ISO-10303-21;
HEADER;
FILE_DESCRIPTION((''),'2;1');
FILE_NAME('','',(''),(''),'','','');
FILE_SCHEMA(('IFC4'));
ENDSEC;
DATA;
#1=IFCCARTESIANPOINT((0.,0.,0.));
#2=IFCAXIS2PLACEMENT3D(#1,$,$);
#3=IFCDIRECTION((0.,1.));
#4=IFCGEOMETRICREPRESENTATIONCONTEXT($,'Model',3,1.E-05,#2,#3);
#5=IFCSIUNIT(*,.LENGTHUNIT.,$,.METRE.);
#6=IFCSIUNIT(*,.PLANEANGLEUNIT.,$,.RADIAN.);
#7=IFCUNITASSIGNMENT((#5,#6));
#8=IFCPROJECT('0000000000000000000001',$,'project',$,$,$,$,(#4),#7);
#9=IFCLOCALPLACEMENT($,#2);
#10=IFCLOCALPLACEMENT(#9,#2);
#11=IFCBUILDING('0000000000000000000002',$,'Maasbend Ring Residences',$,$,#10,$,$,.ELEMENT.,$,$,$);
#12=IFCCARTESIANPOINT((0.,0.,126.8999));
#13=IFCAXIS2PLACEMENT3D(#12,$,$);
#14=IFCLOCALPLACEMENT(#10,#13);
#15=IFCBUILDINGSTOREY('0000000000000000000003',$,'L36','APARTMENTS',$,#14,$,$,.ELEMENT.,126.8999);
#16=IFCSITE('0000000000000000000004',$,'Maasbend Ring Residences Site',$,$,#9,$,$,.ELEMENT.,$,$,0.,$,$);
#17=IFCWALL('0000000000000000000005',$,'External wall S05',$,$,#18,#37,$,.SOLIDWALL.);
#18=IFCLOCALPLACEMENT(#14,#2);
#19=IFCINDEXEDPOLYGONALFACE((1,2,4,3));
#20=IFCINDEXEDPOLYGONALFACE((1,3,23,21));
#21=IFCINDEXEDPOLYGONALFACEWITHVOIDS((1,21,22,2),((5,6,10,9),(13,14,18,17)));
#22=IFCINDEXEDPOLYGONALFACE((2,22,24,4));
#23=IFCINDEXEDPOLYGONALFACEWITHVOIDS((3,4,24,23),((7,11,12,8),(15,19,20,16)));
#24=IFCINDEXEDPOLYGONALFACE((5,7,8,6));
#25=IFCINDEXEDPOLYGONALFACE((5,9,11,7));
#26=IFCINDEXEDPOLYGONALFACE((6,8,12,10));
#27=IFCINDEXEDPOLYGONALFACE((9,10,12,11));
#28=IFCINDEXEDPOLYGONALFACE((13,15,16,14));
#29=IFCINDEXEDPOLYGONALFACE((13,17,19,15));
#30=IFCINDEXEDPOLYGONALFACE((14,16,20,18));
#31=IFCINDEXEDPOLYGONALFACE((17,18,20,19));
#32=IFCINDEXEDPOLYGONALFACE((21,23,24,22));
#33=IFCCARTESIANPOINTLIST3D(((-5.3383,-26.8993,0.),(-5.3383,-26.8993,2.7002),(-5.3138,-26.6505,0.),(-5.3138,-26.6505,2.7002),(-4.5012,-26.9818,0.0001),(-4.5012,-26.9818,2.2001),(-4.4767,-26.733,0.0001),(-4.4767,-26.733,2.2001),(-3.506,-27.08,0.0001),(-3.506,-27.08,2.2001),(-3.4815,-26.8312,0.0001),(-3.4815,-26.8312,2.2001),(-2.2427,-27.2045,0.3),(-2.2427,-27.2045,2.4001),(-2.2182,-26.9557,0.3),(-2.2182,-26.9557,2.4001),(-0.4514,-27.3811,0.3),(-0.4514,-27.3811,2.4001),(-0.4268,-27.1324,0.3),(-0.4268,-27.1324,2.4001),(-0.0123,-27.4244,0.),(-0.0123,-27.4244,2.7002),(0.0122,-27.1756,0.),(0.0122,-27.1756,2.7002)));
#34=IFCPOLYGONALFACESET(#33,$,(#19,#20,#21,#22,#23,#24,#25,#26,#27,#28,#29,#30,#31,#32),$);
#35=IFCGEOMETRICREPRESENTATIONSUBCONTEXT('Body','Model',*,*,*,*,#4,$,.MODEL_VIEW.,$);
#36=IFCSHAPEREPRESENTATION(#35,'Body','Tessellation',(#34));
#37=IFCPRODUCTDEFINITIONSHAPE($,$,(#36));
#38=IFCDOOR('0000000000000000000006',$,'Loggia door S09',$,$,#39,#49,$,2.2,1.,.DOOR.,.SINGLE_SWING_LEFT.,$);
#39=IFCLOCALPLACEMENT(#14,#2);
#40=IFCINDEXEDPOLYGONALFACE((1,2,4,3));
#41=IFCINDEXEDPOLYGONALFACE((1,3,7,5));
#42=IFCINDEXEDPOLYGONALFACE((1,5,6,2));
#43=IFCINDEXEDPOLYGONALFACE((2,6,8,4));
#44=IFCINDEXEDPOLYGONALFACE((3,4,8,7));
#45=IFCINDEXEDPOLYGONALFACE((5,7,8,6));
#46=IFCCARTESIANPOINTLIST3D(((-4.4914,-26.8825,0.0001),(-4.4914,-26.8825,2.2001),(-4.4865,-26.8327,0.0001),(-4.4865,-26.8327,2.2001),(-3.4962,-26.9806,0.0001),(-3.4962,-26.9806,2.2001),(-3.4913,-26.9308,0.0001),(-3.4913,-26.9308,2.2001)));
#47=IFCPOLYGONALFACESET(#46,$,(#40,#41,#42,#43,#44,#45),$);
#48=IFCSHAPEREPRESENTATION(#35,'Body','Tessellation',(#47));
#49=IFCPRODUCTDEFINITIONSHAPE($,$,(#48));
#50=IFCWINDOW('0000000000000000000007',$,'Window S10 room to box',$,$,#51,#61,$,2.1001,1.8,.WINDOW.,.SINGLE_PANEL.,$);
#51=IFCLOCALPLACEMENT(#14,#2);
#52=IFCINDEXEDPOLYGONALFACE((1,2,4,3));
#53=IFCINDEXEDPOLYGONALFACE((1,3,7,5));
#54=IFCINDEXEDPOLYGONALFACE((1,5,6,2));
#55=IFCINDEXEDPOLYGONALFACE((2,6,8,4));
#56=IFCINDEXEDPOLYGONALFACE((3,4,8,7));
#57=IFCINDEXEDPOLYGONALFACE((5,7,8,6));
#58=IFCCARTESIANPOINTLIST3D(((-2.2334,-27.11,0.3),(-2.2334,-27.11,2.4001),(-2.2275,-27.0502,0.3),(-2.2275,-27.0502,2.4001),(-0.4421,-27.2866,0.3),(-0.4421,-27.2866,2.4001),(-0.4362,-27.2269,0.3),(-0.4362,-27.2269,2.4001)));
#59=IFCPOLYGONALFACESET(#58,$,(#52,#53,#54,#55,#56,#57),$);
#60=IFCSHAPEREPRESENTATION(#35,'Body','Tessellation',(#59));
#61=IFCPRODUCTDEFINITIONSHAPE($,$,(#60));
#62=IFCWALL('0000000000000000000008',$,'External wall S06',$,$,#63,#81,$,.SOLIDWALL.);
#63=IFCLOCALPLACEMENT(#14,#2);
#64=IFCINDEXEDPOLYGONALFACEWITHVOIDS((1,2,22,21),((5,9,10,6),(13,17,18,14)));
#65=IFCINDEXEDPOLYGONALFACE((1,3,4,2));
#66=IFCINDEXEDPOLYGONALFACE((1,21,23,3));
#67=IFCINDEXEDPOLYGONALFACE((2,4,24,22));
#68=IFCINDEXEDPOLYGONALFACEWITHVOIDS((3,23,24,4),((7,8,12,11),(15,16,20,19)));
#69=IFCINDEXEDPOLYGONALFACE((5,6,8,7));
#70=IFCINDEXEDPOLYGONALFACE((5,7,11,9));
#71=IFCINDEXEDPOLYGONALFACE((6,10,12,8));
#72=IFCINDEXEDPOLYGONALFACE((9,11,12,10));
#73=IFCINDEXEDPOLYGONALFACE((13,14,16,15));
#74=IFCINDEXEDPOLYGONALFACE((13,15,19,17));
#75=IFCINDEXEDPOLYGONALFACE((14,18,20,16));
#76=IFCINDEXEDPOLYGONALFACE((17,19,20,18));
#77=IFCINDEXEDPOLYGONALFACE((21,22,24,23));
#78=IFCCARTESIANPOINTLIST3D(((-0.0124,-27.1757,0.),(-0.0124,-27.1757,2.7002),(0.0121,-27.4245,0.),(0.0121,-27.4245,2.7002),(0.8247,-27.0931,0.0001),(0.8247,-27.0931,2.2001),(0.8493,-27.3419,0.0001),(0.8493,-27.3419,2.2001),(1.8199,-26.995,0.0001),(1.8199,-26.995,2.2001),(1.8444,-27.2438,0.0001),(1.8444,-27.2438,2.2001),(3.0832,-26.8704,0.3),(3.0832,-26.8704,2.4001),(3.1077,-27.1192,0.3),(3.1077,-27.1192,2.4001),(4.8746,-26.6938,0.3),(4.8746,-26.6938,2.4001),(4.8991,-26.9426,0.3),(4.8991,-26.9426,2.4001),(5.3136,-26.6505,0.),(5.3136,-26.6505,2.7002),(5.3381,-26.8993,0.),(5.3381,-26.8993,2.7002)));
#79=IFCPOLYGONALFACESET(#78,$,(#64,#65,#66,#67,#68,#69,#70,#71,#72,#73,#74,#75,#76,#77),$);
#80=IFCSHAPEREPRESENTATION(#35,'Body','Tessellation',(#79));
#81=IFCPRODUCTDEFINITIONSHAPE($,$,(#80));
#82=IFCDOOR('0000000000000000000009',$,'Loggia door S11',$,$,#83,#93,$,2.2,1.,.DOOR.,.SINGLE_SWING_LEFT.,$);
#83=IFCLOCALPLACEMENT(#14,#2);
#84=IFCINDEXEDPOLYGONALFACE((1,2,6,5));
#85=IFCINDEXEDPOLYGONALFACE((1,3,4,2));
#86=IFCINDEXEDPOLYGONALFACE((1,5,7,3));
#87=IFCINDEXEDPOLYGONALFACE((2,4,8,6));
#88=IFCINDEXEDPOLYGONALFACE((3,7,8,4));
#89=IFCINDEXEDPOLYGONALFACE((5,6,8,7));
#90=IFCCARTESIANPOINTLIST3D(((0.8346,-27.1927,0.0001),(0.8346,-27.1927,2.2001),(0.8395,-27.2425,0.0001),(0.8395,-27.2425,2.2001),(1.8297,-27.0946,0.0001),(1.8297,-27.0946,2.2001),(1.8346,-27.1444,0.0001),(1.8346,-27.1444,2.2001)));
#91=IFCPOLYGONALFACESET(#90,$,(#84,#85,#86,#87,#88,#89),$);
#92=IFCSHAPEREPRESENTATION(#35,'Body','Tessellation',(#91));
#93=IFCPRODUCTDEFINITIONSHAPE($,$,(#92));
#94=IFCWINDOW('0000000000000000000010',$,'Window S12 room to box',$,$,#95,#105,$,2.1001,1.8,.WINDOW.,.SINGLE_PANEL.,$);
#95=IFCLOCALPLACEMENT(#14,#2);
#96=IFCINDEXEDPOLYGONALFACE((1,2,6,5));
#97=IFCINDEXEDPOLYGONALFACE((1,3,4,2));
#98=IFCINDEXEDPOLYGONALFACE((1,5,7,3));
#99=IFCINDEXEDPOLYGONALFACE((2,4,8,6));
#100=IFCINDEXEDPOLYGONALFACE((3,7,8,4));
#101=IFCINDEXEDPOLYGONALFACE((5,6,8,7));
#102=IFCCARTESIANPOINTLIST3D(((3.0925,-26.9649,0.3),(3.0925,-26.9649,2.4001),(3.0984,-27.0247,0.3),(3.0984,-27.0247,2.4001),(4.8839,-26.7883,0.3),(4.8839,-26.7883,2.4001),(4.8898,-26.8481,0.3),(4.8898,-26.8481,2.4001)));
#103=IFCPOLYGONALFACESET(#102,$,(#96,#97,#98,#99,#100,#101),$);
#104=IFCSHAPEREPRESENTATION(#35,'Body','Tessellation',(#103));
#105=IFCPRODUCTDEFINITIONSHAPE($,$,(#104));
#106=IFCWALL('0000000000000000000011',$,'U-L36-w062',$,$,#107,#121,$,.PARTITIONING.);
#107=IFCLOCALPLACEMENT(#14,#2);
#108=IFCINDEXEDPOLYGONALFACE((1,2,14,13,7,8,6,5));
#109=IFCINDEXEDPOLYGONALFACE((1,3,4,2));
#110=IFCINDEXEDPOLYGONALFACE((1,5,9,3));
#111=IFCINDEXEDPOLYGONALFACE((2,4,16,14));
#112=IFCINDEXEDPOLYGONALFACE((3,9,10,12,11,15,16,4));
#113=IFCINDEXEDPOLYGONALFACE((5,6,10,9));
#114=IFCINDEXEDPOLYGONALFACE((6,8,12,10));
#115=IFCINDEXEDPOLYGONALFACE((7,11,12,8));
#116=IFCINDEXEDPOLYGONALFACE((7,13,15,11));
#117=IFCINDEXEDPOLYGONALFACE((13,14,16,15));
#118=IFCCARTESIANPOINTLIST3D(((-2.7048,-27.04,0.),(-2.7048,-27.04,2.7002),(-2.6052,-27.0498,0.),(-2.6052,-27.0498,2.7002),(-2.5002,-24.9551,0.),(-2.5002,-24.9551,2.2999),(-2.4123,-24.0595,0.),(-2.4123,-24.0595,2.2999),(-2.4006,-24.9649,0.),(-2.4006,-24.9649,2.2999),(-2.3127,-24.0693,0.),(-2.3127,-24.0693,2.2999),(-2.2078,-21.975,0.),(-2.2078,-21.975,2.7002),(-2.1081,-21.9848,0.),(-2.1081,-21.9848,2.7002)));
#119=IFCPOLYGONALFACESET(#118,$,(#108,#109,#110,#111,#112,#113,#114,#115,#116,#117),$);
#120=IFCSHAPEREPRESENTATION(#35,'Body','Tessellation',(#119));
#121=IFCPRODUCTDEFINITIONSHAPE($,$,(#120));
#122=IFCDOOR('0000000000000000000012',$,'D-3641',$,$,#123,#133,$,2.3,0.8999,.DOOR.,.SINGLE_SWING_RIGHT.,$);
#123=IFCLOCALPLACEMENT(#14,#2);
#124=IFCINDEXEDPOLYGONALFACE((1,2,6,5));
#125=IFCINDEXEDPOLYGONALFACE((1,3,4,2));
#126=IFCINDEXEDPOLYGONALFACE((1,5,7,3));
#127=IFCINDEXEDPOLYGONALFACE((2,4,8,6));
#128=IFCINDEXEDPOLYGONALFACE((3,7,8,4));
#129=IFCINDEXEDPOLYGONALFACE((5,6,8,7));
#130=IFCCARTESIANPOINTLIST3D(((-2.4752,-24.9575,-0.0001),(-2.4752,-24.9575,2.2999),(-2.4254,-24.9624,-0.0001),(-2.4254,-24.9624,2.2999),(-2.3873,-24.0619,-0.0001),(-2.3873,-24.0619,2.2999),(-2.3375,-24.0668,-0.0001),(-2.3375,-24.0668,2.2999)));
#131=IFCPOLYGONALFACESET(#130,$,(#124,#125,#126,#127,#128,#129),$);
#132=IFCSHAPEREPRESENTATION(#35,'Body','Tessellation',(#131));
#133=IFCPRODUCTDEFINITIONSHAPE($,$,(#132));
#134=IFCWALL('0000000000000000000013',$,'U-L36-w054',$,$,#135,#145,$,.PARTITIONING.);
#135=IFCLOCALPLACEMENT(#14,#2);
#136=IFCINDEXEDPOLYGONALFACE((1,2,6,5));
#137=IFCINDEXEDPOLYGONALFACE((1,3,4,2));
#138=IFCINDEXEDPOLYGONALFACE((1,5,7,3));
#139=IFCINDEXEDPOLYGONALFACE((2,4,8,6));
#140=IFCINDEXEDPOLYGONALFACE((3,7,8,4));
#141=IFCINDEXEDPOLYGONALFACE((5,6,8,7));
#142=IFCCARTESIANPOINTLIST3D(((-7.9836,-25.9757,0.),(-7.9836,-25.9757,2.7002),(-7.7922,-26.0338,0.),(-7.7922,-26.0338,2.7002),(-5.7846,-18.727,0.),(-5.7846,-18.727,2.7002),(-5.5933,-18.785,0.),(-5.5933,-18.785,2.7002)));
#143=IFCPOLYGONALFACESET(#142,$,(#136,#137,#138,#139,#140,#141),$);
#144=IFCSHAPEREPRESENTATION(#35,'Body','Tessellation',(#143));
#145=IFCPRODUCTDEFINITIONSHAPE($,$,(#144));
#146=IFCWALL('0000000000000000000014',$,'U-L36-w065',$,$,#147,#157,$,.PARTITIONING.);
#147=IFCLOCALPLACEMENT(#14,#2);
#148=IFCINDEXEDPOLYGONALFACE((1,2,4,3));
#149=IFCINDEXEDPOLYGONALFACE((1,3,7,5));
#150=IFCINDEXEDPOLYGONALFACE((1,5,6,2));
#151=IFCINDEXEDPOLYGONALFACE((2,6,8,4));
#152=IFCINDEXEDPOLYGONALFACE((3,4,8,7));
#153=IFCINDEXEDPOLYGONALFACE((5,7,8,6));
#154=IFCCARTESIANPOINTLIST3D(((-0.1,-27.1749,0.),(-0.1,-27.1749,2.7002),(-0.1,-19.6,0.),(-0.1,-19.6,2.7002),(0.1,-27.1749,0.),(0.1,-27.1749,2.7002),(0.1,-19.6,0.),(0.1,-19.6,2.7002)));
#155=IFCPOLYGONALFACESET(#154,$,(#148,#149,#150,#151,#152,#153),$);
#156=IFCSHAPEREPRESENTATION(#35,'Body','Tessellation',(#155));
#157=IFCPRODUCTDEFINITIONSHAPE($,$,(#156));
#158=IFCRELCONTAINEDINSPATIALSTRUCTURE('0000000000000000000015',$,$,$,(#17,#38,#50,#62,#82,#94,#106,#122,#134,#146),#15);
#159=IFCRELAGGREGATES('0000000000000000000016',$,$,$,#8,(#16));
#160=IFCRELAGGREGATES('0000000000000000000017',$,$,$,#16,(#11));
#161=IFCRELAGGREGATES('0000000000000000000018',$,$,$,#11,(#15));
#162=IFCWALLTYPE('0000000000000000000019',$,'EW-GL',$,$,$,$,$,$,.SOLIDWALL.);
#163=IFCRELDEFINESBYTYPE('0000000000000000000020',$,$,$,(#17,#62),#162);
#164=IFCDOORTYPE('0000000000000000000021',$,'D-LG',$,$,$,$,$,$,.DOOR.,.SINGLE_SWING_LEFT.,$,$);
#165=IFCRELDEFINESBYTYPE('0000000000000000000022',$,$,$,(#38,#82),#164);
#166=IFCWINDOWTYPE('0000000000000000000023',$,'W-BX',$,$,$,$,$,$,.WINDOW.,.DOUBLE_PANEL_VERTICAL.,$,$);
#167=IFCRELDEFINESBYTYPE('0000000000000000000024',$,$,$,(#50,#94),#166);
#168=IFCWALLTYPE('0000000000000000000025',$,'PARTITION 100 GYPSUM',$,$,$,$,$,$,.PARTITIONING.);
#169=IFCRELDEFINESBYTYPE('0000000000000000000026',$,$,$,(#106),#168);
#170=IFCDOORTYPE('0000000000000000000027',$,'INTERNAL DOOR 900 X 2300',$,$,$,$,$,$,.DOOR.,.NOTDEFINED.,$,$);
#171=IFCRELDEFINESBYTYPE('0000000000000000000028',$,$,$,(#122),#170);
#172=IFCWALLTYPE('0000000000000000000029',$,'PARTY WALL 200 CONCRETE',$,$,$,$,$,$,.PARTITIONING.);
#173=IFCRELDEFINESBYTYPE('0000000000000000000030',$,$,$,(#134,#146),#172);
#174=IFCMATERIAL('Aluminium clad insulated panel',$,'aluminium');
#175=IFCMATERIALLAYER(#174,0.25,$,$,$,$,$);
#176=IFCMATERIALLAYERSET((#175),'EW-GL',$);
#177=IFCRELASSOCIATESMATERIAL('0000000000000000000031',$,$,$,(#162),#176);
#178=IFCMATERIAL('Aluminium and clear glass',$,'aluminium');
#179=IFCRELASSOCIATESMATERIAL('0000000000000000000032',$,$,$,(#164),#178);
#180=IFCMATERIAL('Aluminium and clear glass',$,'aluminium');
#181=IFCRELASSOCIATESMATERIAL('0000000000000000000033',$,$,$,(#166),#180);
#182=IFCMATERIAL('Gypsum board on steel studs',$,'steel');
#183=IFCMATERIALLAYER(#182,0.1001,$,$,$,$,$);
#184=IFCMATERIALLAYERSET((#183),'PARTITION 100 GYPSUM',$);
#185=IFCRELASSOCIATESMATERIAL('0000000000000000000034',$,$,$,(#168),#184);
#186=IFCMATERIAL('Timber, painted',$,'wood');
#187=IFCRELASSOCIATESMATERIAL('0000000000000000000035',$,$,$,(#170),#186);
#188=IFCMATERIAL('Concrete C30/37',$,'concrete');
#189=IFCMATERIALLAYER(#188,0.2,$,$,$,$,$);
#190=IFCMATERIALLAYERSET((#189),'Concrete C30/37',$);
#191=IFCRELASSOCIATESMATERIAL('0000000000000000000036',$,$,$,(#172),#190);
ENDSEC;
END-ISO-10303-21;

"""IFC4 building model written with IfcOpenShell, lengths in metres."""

from ifc_helpers import new_model, si_unit, direction, frame, frame_2d, origin, place, context, subcontext, project, spatial, rectangle, extrude, material, layer, layer_set, type_object, element, fill, save


model = new_model("IFC4")

# Units and contexts
model_context = context("Model", 3, precision=1e-05, world=origin(), true_north=direction((0.0, 1.0)))
body_context = subcontext(model_context, "Body", "Model", "MODEL_VIEW")
ifc_project = project(units=[si_unit("LENGTHUNIT", "METRE"), si_unit("PLANEANGLEUNIT", "RADIAN")], contexts=[model_context])

# Site, building, storey
site_placement = place(None, origin())
site = spatial("IfcSite", under=ifc_project, at=site_placement, Name="Maasbend Ring Residences Site", CompositionType="ELEMENT", RefElevation=0.0)
building_placement = place(site_placement, origin())
building = spatial("IfcBuilding", under=site, at=building_placement, Name="Maasbend Ring Residences", CompositionType="ELEMENT")
storey_placement = place(building_placement, frame((0.0, 0.0, 126.8999)))
storey = spatial("IfcBuildingStorey", under=building, at=storey_placement, Name="L36", Description="APARTMENTS", CompositionType="ELEMENT", Elevation=126.8999)

# Walls, openings, doors, windows
ifc_material_1 = material(Name="Aluminium clad insulated panel", Category="aluminium")
ifc_layer_1 = layer(ifc_material_1, 0.25)
ifc_layer_set_1 = layer_set([ifc_layer_1], Name="EW-GL")
wall_type_1 = type_object("IfcWallType", Name="EW-GL", PredefinedType="SOLIDWALL", material=ifc_layer_set_1)
wall_1_placement = place(storey_placement, frame((-5.3259, -26.7749, 0.0), z_axis=(0.0, 0.0, 1.0), x_axis=(0.995174, -0.098126, 0.0)))
wall_1 = element("IfcWall", 1, at=wall_1_placement, inside=storey, type_object=wall_type_1, Name="External wall S05", PredefinedType="SOLIDWALL", context=body_context, shape_type="SweptSolid", body=[
    extrude(rectangle(XDim=5.3518, YDim=0.25, at=frame_2d((2.6758, 0.0))), origin(), (0.0, 0.0, 1.0), 2.7002),
])
opening_1_placement = place(wall_1_placement, frame((0.8411, 0.0, 0.0)))
opening_1 = element("IfcOpeningElement", 2, at=opening_1_placement, cuts=wall_1, PredefinedType="OPENING", context=body_context, shape_type="SweptSolid", body=[
    extrude(rectangle(XDim=1.0, YDim=2.2, at=frame_2d((0.5, 1.1001))), frame((0.0, 0.135, 0.0), z_axis=(0.0, -1.0, 0.0), x_axis=(1.0, 0.0, 0.0)), (0.0, 0.0, 1.0), 0.27),
])
opening_2_placement = place(wall_1_placement, frame((3.1106, 0.0, 0.3)))
opening_2 = element("IfcOpeningElement", 3, at=opening_2_placement, cuts=wall_1, PredefinedType="OPENING", context=body_context, shape_type="SweptSolid", body=[
    extrude(rectangle(XDim=1.8, YDim=2.1001, at=frame_2d((0.8999, 1.05))), frame((0.0, 0.135, 0.0), z_axis=(0.0, -1.0, 0.0), x_axis=(1.0, 0.0, 0.0)), (0.0, 0.0, 1.0), 0.27),
])
ifc_material_2 = material(Name="Aluminium and clear glass", Category="aluminium")
door_type_1 = type_object("IfcDoorType", Name="D-LG", OperationType="SINGLE_SWING_LEFT", PredefinedType="DOOR", material=ifc_material_2)
door_1_placement = place(opening_1_placement, origin())
door_1 = element("IfcDoor", 4, at=door_1_placement, inside=storey, type_object=door_type_1, Name="Loggia door S09", OperationType="SINGLE_SWING_LEFT", OverallHeight=2.2, OverallWidth=1.0, PredefinedType="DOOR", context=body_context, shape_type="SweptSolid", body=[
    extrude(rectangle(XDim=1.0, YDim=2.2, at=frame_2d((0.5, 1.1001))), frame((0.0, 0.0249, 0.0), z_axis=(0.0, -1.0, 0.0), x_axis=(1.0, 0.0, 0.0)), (0.0, 0.0, 1.0), 0.05),
])
fill(opening_1, door_1)
ifc_material_3 = material(Name="Aluminium and clear glass", Category="aluminium")
window_type_1 = type_object("IfcWindowType", Name="W-BX", PartitioningType="DOUBLE_PANEL_VERTICAL", PredefinedType="WINDOW", material=ifc_material_3)
window_1_placement = place(opening_2_placement, origin())
window_1 = element("IfcWindow", 5, at=window_1_placement, inside=storey, type_object=window_type_1, Name="Window S10 room to box", OverallHeight=2.1001, OverallWidth=1.8, PartitioningType="SINGLE_PANEL", PredefinedType="WINDOW", context=body_context, shape_type="SweptSolid", body=[
    extrude(rectangle(XDim=1.8, YDim=2.1001, at=frame_2d((0.8999, 1.05))), frame((0.0, 0.03, 0.0), z_axis=(0.0, -1.0, 0.0), x_axis=(1.0, 0.0, 0.0)), (0.0, 0.0, 1.0), 0.0601),
])
fill(opening_2, window_1)
wall_2_placement = place(storey_placement, frame((0.0, -27.3, 0.0), z_axis=(0.0, 0.0, 1.0), x_axis=(0.995174, 0.098126, 0.0)))
wall_2 = element("IfcWall", 6, at=wall_2_placement, inside=storey, type_object=wall_type_1, Name="External wall S06", PredefinedType="SOLIDWALL", context=body_context, shape_type="SweptSolid", body=[
    extrude(rectangle(XDim=5.3518, YDim=0.25, at=frame_2d((2.6758, 0.0))), origin(), (0.0, 0.0, 1.0), 2.7002),
])
opening_3_placement = place(wall_2_placement, frame((0.8411, 0.0, 0.0)))
opening_3 = element("IfcOpeningElement", 7, at=opening_3_placement, cuts=wall_2, PredefinedType="OPENING", context=body_context, shape_type="SweptSolid", body=[
    extrude(rectangle(XDim=1.0, YDim=2.2, at=frame_2d((0.5, 1.1001))), frame((0.0, 0.135, 0.0), z_axis=(0.0, -1.0, 0.0), x_axis=(1.0, 0.0, 0.0)), (0.0, 0.0, 1.0), 0.27),
])
opening_4_placement = place(wall_2_placement, frame((3.1106, 0.0, 0.3)))
opening_4 = element("IfcOpeningElement", 8, at=opening_4_placement, cuts=wall_2, PredefinedType="OPENING", context=body_context, shape_type="SweptSolid", body=[
    extrude(rectangle(XDim=1.8, YDim=2.1001, at=frame_2d((0.8999, 1.05))), frame((0.0, 0.135, 0.0), z_axis=(0.0, -1.0, 0.0), x_axis=(1.0, 0.0, 0.0)), (0.0, 0.0, 1.0), 0.27),
])
door_2_placement = place(opening_3_placement, origin())
door_2 = element("IfcDoor", 9, at=door_2_placement, inside=storey, type_object=door_type_1, Name="Loggia door S11", OperationType="SINGLE_SWING_LEFT", OverallHeight=2.2, OverallWidth=1.0, PredefinedType="DOOR", context=body_context, shape_type="SweptSolid", body=[
    extrude(rectangle(XDim=1.0, YDim=2.2, at=frame_2d((0.5, 1.1001))), frame((0.0, 0.0249, 0.0), z_axis=(0.0, -1.0, 0.0), x_axis=(1.0, 0.0, 0.0)), (0.0, 0.0, 1.0), 0.05),
])
fill(opening_3, door_2)
window_2_placement = place(opening_4_placement, origin())
window_2 = element("IfcWindow", 10, at=window_2_placement, inside=storey, type_object=window_type_1, Name="Window S12 room to box", OverallHeight=2.1001, OverallWidth=1.8, PartitioningType="SINGLE_PANEL", PredefinedType="WINDOW", context=body_context, shape_type="SweptSolid", body=[
    extrude(rectangle(XDim=1.8, YDim=2.1001, at=frame_2d((0.8999, 1.05))), frame((0.0, 0.03, 0.0), z_axis=(0.0, -1.0, 0.0), x_axis=(1.0, 0.0, 0.0)), (0.0, 0.0, 1.0), 0.0601),
])
fill(opening_4, window_2)

# Wall, opening, door
ifc_material_4 = material(Name="Gypsum board on steel studs", Category="steel")
ifc_layer_2 = layer(ifc_material_4, 0.1001)
ifc_layer_set_2 = layer_set([ifc_layer_2], Name="PARTITION 100 GYPSUM")
wall_type_2 = type_object("IfcWallType", Name="PARTITION 100 GYPSUM", PredefinedType="PARTITIONING", material=ifc_layer_set_2)
wall_3_placement = place(storey_placement, frame((-2.655, -27.0449, 0.0), z_axis=(0.0, 0.0, 1.0), x_axis=(0.09767, 0.995219, 0.0)))
wall_3 = element("IfcWall", 11, at=wall_3_placement, inside=storey, type_object=wall_type_2, Name="U-L36-w062", PredefinedType="PARTITIONING", context=body_context, shape_type="SweptSolid", body=[
    extrude(rectangle(XDim=5.0894, YDim=0.1001, at=frame_2d((2.5447, 0.0))), origin(), (0.0, 0.0, 1.0), 2.7002),
])
opening_5_placement = place(wall_3_placement, frame((2.095, 0.0, 0.0)))
opening_5 = element("IfcOpeningElement", 12, at=opening_5_placement, cuts=wall_3, PredefinedType="OPENING", context=body_context, shape_type="SweptSolid", body=[
    extrude(rectangle(XDim=0.8999, YDim=2.3, at=frame_2d((0.45, 1.1499))), frame((0.0, 0.0601, 0.0), z_axis=(0.0, -1.0, 0.0), x_axis=(1.0, 0.0, 0.0)), (0.0, 0.0, 1.0), 0.1201),
])
ifc_material_5 = material(Name="Timber, painted", Category="wood")
door_type_2 = type_object("IfcDoorType", Name="INTERNAL DOOR 900 X 2300", OperationType="NOTDEFINED", PredefinedType="DOOR", material=ifc_material_5)
door_3_placement = place(opening_5_placement, origin())
door_3 = element("IfcDoor", 13, at=door_3_placement, inside=storey, type_object=door_type_2, Name="D-3641", OperationType="SINGLE_SWING_RIGHT", OverallHeight=2.3, OverallWidth=0.8999, PredefinedType="DOOR", context=body_context, shape_type="SweptSolid", body=[
    extrude(rectangle(XDim=0.8999, YDim=2.3, at=frame_2d((0.45, 1.1499))), frame((0.0, 0.0249, 0.0), z_axis=(0.0, -1.0, 0.0), x_axis=(1.0, 0.0, 0.0)), (0.0, 0.0, 1.0), 0.05),
])
fill(opening_5, door_3)

# Walls
ifc_material_6 = material(Name="Concrete C30/37", Category="concrete")
ifc_layer_3 = layer(ifc_material_6, 0.2)
ifc_layer_set_3 = layer_set([ifc_layer_3], Name="Concrete C30/37")
wall_type_3 = type_object("IfcWallType", Name="PARTY WALL 200 CONCRETE", PredefinedType="PARTITIONING", material=ifc_layer_set_3)
for number, where, z_axis, x_axis, name in (
    (14, (-7.8879, -26.0049, 0.0), (0.0, 0.0, 1.0), (0.290295, 0.956937, 0.0), "U-L36-w054"),
    (15, (0.0, -27.175, 0.0), (0.0, 0.0, 1.0), (0.0, 1.0, 0.0), "U-L36-w065"),
):
    element("IfcWall", number, at=place(storey_placement, frame(where, z_axis=z_axis, x_axis=x_axis)), inside=storey, type_object=wall_type_3, Name=name, PredefinedType="PARTITIONING", context=body_context, shape_type="SweptSolid", body=[
        extrude(rectangle(XDim=7.575, YDim=0.2, at=frame_2d((3.7876, 0.0))), origin(), (0.0, 0.0, 1.0), 2.7002),
    ])

save(model, "model.ifc")
